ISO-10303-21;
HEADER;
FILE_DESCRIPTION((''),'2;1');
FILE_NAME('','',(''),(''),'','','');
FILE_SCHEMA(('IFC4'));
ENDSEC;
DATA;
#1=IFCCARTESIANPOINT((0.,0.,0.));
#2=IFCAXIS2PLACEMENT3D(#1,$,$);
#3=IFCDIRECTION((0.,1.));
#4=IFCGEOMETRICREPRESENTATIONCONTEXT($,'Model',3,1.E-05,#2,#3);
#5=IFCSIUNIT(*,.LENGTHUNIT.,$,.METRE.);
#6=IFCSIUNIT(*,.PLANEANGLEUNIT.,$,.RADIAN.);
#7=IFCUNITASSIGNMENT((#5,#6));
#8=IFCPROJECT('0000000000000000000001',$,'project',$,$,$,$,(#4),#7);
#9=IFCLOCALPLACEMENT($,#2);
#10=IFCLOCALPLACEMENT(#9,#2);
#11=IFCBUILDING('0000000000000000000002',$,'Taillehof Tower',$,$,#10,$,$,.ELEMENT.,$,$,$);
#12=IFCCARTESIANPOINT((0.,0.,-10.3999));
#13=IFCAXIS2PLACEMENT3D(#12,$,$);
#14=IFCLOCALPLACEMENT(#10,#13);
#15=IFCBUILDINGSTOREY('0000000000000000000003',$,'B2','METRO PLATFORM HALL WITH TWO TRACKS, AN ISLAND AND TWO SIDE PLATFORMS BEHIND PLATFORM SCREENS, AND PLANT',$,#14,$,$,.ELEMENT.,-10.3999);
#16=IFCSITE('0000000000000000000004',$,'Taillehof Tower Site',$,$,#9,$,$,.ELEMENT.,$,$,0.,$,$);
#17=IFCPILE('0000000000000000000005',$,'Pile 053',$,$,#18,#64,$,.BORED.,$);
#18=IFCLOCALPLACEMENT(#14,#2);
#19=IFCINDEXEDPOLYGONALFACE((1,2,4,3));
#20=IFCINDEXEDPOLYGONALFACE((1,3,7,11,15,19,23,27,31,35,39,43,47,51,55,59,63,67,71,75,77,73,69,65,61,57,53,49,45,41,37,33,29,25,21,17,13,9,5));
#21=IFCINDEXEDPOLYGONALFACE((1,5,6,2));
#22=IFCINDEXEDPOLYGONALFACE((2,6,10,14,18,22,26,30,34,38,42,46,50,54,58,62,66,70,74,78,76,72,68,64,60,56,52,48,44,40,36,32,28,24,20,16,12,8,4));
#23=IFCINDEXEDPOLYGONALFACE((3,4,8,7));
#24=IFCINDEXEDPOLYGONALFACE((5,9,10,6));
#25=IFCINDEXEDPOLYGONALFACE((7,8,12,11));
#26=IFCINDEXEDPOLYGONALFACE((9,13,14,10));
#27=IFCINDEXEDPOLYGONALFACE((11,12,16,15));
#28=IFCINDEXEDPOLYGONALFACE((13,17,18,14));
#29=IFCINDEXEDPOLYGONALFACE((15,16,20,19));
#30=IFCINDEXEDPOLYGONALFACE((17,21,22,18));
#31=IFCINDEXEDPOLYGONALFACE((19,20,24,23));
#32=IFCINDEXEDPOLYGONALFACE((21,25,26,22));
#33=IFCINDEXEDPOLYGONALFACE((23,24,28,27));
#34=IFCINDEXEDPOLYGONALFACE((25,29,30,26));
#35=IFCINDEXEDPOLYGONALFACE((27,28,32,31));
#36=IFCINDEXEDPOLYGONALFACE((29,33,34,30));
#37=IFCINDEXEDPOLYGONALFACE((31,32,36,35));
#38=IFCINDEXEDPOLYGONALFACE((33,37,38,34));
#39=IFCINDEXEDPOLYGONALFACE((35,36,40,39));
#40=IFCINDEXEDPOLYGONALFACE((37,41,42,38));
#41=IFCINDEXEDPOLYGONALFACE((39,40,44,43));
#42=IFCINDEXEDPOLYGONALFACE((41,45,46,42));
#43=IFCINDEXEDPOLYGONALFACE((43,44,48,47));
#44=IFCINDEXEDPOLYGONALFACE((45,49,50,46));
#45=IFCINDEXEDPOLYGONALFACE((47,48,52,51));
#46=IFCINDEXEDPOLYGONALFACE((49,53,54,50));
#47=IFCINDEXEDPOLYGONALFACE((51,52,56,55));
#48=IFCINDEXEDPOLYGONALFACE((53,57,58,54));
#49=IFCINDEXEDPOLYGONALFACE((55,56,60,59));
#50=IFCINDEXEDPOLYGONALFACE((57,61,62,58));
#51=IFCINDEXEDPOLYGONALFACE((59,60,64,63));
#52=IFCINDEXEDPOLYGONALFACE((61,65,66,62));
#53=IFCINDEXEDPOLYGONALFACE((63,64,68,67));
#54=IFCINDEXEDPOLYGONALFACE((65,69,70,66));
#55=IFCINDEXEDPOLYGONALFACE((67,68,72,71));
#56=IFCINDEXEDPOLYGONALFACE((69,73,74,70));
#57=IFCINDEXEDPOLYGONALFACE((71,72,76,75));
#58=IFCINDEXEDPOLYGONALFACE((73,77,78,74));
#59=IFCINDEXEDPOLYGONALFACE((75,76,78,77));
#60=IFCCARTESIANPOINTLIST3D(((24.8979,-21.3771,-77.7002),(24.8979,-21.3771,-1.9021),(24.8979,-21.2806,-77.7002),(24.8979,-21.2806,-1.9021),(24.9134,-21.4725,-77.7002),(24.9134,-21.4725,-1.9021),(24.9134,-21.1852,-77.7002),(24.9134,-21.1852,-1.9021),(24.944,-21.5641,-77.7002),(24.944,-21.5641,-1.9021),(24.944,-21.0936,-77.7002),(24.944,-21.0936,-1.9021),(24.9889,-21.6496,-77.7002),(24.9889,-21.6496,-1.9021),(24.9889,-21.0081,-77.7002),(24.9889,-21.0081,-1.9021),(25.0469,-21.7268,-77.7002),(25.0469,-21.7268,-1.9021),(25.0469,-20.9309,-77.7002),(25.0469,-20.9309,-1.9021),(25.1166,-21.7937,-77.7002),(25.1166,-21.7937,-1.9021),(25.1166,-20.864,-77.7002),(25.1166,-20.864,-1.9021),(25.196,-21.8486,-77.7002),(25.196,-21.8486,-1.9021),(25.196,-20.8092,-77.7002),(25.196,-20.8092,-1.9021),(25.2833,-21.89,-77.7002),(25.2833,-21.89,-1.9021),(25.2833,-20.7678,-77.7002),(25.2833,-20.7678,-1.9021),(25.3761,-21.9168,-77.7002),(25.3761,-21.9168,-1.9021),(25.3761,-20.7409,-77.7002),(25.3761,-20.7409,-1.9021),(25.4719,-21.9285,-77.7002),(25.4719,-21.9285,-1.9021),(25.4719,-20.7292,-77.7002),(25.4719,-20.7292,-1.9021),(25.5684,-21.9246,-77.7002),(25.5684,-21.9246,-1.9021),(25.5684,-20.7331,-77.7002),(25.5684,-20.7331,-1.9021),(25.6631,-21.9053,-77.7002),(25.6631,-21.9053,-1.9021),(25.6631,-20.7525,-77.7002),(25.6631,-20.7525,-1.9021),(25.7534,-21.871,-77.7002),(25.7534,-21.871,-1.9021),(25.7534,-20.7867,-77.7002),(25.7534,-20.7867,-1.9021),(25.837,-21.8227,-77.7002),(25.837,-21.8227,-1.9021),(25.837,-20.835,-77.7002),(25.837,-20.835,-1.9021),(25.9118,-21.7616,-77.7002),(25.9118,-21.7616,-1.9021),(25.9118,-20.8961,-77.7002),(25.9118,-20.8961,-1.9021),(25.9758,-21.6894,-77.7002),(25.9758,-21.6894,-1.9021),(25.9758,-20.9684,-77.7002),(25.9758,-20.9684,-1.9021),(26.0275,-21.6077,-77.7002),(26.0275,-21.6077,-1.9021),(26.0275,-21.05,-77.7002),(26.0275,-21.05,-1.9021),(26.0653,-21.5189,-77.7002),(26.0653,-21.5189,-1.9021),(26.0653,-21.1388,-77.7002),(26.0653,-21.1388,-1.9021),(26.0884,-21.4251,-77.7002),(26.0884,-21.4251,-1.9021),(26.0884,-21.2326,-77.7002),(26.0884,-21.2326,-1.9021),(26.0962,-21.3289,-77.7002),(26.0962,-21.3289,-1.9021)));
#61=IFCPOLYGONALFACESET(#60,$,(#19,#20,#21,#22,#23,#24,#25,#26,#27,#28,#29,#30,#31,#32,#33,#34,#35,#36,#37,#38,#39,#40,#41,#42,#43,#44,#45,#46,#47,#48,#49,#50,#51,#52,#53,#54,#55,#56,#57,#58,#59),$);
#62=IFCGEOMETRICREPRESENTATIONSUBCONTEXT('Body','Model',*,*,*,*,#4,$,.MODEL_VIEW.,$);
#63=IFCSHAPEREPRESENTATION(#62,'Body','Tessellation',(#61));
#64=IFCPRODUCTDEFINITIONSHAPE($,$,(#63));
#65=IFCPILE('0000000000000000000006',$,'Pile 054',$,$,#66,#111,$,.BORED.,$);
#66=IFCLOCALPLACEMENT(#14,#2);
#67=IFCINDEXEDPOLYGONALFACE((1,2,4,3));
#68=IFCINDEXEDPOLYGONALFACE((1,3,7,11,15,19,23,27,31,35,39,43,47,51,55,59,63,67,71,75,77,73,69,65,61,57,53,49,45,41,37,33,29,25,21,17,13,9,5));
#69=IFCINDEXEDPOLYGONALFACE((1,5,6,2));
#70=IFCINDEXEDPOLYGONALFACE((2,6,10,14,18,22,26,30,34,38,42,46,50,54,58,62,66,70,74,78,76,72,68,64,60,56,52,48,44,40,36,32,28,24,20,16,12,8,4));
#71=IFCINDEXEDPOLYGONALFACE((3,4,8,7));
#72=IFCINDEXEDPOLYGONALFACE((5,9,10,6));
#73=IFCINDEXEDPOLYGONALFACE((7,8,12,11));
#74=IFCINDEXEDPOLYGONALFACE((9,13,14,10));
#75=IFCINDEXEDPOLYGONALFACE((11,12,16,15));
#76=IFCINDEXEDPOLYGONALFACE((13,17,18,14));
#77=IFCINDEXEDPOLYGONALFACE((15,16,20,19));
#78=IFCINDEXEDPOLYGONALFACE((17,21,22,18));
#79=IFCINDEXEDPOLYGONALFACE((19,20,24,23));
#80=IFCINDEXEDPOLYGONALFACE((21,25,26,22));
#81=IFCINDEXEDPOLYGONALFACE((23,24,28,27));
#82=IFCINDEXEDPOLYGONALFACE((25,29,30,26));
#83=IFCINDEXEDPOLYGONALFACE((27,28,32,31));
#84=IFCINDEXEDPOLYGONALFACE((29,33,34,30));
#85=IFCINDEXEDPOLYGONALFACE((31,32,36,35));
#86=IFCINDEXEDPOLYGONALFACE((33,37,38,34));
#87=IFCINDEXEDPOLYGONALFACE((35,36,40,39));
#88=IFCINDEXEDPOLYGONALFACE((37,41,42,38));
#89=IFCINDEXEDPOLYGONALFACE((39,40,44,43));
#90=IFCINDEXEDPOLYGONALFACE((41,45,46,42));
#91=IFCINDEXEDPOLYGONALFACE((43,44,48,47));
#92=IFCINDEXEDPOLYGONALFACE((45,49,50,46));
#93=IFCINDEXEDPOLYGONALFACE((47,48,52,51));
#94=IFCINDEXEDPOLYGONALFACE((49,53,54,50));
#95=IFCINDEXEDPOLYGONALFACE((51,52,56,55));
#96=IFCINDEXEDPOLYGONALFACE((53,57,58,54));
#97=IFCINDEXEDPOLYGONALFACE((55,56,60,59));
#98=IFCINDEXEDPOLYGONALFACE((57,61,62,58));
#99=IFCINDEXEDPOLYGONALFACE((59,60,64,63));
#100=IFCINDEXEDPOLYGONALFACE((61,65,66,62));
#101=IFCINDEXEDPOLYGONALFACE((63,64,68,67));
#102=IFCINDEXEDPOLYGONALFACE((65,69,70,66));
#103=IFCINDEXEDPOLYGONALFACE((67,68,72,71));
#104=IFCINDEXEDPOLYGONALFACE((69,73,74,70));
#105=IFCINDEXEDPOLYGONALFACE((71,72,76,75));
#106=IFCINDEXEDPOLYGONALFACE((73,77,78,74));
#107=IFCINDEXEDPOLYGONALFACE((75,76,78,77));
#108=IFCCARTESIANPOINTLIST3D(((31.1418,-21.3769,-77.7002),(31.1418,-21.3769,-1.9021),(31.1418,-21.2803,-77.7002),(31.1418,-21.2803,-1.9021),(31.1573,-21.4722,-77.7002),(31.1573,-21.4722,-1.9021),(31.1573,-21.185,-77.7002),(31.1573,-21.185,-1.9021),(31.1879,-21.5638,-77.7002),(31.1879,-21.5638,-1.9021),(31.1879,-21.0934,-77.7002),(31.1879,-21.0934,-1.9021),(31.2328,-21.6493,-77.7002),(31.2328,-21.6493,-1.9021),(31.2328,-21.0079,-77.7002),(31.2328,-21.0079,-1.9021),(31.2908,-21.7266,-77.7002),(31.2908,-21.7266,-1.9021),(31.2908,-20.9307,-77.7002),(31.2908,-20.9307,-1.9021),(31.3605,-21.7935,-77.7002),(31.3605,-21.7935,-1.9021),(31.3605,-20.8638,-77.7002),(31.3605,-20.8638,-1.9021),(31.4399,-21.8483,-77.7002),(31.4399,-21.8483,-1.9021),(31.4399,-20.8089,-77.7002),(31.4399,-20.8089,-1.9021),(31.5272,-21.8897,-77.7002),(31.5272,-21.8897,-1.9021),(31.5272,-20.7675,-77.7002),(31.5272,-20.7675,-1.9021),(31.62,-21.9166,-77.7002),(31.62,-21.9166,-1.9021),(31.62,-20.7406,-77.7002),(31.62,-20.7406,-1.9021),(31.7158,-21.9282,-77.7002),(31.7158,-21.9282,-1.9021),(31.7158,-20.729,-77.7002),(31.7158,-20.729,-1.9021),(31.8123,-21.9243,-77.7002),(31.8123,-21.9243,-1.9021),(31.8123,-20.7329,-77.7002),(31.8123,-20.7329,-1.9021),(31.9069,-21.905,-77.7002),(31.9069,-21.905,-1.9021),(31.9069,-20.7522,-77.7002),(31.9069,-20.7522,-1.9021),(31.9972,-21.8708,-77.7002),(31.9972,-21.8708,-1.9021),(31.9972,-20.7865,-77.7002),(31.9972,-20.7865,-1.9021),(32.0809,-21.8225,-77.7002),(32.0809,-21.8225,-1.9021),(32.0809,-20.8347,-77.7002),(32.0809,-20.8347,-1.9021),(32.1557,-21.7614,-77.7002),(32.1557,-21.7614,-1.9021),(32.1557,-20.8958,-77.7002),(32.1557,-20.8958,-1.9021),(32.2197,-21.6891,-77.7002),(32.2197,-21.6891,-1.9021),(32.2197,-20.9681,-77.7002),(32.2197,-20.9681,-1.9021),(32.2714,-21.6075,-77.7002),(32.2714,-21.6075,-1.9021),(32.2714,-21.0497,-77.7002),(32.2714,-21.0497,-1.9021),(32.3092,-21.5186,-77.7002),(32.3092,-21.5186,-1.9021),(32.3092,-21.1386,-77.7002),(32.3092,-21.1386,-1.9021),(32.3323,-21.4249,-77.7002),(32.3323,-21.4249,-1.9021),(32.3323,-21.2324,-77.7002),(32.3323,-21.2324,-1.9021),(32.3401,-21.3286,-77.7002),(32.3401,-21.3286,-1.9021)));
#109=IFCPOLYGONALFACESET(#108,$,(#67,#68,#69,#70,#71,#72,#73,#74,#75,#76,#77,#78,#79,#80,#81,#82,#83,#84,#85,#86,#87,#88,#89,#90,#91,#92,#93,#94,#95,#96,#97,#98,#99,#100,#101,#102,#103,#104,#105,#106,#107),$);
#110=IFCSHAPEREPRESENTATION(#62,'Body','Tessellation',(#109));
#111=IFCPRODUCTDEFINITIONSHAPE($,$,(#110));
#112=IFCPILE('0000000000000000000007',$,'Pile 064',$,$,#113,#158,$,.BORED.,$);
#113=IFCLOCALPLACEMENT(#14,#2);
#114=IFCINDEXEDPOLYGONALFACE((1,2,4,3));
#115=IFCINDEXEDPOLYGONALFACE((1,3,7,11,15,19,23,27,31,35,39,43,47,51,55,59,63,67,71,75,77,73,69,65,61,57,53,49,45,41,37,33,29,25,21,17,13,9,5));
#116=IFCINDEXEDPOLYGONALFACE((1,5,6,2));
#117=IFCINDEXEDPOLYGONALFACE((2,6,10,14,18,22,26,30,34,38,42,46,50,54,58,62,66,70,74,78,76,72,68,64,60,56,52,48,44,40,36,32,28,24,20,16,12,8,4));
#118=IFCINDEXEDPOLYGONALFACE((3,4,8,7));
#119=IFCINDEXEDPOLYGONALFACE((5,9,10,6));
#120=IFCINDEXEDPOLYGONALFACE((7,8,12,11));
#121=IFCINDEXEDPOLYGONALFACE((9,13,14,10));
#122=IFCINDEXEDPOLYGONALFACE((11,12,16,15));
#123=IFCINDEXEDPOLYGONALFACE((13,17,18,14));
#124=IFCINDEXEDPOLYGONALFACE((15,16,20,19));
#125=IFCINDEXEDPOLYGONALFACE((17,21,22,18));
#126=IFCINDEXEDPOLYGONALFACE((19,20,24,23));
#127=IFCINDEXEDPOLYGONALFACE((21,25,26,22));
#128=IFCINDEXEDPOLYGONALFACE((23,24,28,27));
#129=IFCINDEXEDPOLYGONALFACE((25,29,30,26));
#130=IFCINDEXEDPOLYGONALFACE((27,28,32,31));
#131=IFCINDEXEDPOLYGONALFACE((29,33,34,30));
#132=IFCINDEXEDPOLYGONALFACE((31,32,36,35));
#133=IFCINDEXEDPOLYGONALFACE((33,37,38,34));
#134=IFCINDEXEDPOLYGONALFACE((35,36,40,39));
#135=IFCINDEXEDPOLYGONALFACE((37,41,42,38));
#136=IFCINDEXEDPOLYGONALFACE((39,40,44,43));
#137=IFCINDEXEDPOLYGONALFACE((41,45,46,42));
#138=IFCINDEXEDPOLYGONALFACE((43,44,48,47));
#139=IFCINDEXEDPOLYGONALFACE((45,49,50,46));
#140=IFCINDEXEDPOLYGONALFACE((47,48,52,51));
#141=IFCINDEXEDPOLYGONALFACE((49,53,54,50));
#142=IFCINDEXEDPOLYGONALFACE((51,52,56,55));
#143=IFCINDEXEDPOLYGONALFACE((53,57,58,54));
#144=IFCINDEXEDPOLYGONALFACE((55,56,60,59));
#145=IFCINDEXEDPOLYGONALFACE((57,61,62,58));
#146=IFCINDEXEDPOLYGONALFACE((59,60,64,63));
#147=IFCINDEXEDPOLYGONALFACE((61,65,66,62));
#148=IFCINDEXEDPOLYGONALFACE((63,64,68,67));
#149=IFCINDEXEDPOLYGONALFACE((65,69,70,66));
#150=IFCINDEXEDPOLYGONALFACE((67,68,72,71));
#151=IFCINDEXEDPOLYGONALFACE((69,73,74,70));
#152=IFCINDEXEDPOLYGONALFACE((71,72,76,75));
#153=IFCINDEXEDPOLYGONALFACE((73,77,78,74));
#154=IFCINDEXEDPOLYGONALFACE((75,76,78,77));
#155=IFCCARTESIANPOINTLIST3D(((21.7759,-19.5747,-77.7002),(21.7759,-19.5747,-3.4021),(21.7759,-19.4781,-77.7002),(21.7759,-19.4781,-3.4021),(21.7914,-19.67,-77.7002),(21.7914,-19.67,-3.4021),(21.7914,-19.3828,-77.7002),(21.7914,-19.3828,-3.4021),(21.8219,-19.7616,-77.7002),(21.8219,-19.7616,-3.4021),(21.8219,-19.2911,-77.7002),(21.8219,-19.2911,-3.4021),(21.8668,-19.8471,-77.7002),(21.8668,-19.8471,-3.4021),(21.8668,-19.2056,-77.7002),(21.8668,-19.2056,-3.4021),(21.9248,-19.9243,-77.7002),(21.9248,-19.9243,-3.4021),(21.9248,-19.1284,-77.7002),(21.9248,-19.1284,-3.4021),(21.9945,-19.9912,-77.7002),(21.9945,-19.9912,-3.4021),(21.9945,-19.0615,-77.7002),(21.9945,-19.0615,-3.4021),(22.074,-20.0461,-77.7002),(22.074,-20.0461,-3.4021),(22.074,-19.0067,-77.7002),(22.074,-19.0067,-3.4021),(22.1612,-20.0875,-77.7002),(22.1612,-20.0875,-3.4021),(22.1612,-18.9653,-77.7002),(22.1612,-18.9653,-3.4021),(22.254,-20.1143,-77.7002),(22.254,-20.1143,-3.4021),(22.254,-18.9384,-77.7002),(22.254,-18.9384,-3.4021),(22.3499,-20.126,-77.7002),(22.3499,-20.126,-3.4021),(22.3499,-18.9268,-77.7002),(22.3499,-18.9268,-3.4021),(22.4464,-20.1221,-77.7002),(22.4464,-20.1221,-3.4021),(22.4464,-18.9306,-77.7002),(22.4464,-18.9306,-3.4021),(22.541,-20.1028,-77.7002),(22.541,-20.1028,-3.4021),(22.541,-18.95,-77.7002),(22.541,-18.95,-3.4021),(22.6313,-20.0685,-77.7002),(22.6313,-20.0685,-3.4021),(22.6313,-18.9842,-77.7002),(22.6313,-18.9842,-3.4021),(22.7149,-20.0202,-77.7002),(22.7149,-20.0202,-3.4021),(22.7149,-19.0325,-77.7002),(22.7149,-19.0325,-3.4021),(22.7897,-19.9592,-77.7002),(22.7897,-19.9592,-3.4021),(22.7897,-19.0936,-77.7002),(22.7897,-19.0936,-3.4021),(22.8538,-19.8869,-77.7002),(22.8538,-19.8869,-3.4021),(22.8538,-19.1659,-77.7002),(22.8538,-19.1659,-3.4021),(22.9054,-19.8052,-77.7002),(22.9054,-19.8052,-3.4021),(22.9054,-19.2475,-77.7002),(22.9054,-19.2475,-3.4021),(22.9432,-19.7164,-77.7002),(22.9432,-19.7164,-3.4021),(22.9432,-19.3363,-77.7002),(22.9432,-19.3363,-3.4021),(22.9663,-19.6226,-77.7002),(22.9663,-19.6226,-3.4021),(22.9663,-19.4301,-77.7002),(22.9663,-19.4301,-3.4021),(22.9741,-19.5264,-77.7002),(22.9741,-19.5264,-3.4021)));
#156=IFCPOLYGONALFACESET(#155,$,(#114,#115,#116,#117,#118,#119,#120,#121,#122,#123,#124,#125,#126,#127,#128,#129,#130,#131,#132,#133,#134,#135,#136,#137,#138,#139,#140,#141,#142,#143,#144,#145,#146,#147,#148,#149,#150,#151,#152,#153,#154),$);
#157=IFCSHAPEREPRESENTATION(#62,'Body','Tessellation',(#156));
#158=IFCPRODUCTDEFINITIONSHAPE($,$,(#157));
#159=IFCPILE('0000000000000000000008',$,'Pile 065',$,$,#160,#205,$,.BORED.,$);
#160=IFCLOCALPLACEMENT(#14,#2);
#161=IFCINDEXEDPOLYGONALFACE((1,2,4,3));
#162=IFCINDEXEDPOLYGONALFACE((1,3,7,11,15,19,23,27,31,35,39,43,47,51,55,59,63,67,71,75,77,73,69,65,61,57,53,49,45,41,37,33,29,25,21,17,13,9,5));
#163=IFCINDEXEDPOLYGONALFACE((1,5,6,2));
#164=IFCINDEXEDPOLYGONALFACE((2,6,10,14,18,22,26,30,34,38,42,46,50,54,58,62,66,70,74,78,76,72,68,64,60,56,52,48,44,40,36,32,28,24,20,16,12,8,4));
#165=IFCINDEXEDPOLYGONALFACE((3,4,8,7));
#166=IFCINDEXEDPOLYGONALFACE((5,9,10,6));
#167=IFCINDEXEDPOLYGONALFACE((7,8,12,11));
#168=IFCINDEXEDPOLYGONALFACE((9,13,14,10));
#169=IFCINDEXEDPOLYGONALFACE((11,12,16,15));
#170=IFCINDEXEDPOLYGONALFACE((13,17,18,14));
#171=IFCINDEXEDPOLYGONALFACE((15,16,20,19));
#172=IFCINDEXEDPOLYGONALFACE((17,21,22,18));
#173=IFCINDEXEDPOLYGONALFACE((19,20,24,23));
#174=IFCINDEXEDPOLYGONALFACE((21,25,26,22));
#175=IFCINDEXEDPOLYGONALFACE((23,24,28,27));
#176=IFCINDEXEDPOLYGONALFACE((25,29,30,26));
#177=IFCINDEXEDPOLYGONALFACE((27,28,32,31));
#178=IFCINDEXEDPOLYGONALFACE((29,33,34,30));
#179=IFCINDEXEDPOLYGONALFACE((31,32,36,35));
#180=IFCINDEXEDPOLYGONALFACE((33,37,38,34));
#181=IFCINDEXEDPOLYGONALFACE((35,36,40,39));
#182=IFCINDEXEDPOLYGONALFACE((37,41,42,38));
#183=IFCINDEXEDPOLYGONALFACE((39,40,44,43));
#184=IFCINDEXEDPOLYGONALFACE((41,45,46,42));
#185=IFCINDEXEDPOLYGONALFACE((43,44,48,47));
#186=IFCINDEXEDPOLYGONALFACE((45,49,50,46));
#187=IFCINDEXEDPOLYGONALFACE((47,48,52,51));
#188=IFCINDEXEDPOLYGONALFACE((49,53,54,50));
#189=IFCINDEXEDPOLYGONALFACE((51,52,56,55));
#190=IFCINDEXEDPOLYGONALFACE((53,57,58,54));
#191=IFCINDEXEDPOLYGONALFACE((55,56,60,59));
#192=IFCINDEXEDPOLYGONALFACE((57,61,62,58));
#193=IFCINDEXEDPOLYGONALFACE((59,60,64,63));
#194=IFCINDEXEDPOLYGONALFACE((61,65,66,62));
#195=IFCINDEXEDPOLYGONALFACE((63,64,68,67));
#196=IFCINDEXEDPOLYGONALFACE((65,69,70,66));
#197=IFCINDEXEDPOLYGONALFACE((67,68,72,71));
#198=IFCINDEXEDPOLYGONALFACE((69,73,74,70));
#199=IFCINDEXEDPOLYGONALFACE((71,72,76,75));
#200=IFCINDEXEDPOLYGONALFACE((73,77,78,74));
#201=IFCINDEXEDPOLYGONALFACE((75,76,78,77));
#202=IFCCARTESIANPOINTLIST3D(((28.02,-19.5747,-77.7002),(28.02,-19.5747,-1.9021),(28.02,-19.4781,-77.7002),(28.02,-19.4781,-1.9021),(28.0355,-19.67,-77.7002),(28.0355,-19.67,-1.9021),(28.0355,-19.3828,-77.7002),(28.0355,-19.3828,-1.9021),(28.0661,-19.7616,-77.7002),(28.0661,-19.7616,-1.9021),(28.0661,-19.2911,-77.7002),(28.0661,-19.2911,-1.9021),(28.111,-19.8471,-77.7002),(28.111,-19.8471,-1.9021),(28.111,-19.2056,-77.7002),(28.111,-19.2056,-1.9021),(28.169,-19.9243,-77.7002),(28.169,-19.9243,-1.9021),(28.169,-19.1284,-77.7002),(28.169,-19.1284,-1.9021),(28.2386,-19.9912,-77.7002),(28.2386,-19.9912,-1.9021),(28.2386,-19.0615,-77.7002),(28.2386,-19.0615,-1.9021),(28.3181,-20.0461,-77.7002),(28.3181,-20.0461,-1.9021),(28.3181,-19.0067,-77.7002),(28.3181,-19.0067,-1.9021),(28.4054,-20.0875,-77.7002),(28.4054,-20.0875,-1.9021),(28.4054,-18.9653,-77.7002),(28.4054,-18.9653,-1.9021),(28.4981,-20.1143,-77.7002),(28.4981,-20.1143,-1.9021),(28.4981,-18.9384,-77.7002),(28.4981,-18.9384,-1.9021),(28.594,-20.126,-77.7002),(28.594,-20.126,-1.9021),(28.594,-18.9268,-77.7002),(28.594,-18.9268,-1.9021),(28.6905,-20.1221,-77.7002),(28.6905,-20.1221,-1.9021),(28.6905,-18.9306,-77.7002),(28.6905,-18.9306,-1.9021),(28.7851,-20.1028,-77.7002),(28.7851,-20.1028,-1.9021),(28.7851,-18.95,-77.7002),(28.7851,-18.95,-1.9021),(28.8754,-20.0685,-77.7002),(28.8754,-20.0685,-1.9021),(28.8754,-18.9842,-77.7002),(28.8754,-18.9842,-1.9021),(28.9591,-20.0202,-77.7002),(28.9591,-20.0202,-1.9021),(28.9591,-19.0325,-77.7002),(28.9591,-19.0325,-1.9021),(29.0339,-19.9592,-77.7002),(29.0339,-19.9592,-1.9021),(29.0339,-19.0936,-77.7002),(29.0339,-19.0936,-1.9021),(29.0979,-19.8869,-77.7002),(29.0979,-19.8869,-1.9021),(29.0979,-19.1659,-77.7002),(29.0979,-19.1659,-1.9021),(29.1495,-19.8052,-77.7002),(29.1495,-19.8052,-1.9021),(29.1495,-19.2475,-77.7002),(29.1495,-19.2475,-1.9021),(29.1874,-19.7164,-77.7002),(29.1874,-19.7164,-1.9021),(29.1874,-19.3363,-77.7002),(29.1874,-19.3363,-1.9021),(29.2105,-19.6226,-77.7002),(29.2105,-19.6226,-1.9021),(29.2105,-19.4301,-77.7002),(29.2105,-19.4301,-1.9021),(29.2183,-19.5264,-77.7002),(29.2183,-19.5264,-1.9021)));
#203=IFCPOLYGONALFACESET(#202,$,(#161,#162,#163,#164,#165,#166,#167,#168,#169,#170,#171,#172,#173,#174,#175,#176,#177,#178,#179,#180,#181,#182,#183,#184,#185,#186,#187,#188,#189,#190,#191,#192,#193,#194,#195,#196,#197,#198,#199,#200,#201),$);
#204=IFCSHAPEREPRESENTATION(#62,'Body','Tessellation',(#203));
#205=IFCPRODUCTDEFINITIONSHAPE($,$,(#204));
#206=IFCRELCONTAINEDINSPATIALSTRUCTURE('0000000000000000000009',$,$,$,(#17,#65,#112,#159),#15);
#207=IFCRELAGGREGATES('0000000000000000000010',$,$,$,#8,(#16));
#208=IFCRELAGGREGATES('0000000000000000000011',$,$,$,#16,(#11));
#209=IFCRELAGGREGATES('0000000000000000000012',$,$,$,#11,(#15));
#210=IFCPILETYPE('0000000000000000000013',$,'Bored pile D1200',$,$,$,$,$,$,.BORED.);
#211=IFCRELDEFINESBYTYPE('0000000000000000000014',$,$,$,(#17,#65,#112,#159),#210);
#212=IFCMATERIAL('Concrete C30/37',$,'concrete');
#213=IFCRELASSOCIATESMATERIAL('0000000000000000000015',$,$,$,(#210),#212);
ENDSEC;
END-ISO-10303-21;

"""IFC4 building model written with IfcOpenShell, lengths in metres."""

from ifc_helpers import new_model, si_unit, direction, frame, origin, origin_2d, place, context, subcontext, project, spatial, circle, extrude, material, material_profile, profile_set, type_object, element, save


model = new_model("IFC4")

# Units and contexts
model_context = context("Model", 3, precision=1e-05, world=origin(), true_north=direction((0.0, 1.0)))
body_context = subcontext(model_context, "Body", "Model", "MODEL_VIEW")
ifc_project = project(units=[si_unit("LENGTHUNIT", "METRE"), si_unit("PLANEANGLEUNIT", "RADIAN")], contexts=[model_context])

# Site, building, storey
site_placement = place(None, origin())
site = spatial("IfcSite", under=ifc_project, at=site_placement, Name="Taillehof Tower Site", CompositionType="ELEMENT", RefElevation=0.0)
building_placement = place(site_placement, origin())
building = spatial("IfcBuilding", under=site, at=building_placement, Name="Taillehof Tower", CompositionType="ELEMENT")
storey_placement = place(building_placement, frame((0.0, 0.0, -10.3999)))
storey = spatial("IfcBuildingStorey", under=building, at=storey_placement, Name="B2", Description="METRO PLATFORM HALL WITH TWO TRACKS, AN ISLAND AND TWO SIDE PLATFORMS BEHIND PLATFORM SCREENS, AND PLANT", CompositionType="ELEMENT", Elevation=-10.3999)

# Piles
ifc_material_1 = material(Name="Concrete C30/37", Category="concrete")
ifc_material_profile_1 = material_profile(ifc_material_1, circle(Radius=0.6001, at=origin_2d()), Name="BP D1200")
ifc_profile_set_1 = profile_set([ifc_material_profile_1], Name="Concrete C30/37")
pile_type = type_object("IfcPileType", Name="Bored pile D1200", PredefinedType="BORED", material=ifc_profile_set_1)
for number, where, z_axis, x_axis, name in (
    (1, (25.4961, -21.3289, -1.9021), (0.0, 0.0, -1.0), (1.0, 0.0, 0.0), "Pile 053"),
    (2, (31.74, -21.3286, -1.9021), (0.0, 0.0, -1.0), (1.0, 0.0, 0.0), "Pile 054"),
):
    element("IfcPile", number, at=place(storey_placement, frame(where, z_axis=z_axis, x_axis=x_axis)), inside=storey, type_object=pile_type, Name=name, PredefinedType="BORED", context=body_context, shape_type="SweptSolid", body=[
        extrude(circle(Radius=0.6001, at=origin_2d()), origin(), (0.0, 0.0, 1.0), 75.7981),
    ])
pile_placement = place(storey_placement, frame((22.374, -19.5264, -3.4021), z_axis=(0.0, 0.0, -1.0), x_axis=(1.0, 0.0, 0.0)))
element("IfcPile", 3, at=pile_placement, inside=storey, type_object=pile_type, Name="Pile 064", PredefinedType="BORED", context=body_context, shape_type="SweptSolid", body=[
    extrude(circle(Radius=0.6001, at=origin_2d()), origin(), (0.0, 0.0, 1.0), 74.2981),
])
for number, where, z_axis, x_axis, name in (
    (4, (28.6182, -19.5264, -1.9021), (0.0, 0.0, -1.0), (1.0, 0.0, 0.0), "Pile 065"),
):
    element("IfcPile", number, at=place(storey_placement, frame(where, z_axis=z_axis, x_axis=x_axis)), inside=storey, type_object=pile_type, Name=name, PredefinedType="BORED", context=body_context, shape_type="SweptSolid", body=[
        extrude(circle(Radius=0.6001, at=origin_2d()), origin(), (0.0, 0.0, 1.0), 75.7981),
    ])

save(model, "model.ifc")
